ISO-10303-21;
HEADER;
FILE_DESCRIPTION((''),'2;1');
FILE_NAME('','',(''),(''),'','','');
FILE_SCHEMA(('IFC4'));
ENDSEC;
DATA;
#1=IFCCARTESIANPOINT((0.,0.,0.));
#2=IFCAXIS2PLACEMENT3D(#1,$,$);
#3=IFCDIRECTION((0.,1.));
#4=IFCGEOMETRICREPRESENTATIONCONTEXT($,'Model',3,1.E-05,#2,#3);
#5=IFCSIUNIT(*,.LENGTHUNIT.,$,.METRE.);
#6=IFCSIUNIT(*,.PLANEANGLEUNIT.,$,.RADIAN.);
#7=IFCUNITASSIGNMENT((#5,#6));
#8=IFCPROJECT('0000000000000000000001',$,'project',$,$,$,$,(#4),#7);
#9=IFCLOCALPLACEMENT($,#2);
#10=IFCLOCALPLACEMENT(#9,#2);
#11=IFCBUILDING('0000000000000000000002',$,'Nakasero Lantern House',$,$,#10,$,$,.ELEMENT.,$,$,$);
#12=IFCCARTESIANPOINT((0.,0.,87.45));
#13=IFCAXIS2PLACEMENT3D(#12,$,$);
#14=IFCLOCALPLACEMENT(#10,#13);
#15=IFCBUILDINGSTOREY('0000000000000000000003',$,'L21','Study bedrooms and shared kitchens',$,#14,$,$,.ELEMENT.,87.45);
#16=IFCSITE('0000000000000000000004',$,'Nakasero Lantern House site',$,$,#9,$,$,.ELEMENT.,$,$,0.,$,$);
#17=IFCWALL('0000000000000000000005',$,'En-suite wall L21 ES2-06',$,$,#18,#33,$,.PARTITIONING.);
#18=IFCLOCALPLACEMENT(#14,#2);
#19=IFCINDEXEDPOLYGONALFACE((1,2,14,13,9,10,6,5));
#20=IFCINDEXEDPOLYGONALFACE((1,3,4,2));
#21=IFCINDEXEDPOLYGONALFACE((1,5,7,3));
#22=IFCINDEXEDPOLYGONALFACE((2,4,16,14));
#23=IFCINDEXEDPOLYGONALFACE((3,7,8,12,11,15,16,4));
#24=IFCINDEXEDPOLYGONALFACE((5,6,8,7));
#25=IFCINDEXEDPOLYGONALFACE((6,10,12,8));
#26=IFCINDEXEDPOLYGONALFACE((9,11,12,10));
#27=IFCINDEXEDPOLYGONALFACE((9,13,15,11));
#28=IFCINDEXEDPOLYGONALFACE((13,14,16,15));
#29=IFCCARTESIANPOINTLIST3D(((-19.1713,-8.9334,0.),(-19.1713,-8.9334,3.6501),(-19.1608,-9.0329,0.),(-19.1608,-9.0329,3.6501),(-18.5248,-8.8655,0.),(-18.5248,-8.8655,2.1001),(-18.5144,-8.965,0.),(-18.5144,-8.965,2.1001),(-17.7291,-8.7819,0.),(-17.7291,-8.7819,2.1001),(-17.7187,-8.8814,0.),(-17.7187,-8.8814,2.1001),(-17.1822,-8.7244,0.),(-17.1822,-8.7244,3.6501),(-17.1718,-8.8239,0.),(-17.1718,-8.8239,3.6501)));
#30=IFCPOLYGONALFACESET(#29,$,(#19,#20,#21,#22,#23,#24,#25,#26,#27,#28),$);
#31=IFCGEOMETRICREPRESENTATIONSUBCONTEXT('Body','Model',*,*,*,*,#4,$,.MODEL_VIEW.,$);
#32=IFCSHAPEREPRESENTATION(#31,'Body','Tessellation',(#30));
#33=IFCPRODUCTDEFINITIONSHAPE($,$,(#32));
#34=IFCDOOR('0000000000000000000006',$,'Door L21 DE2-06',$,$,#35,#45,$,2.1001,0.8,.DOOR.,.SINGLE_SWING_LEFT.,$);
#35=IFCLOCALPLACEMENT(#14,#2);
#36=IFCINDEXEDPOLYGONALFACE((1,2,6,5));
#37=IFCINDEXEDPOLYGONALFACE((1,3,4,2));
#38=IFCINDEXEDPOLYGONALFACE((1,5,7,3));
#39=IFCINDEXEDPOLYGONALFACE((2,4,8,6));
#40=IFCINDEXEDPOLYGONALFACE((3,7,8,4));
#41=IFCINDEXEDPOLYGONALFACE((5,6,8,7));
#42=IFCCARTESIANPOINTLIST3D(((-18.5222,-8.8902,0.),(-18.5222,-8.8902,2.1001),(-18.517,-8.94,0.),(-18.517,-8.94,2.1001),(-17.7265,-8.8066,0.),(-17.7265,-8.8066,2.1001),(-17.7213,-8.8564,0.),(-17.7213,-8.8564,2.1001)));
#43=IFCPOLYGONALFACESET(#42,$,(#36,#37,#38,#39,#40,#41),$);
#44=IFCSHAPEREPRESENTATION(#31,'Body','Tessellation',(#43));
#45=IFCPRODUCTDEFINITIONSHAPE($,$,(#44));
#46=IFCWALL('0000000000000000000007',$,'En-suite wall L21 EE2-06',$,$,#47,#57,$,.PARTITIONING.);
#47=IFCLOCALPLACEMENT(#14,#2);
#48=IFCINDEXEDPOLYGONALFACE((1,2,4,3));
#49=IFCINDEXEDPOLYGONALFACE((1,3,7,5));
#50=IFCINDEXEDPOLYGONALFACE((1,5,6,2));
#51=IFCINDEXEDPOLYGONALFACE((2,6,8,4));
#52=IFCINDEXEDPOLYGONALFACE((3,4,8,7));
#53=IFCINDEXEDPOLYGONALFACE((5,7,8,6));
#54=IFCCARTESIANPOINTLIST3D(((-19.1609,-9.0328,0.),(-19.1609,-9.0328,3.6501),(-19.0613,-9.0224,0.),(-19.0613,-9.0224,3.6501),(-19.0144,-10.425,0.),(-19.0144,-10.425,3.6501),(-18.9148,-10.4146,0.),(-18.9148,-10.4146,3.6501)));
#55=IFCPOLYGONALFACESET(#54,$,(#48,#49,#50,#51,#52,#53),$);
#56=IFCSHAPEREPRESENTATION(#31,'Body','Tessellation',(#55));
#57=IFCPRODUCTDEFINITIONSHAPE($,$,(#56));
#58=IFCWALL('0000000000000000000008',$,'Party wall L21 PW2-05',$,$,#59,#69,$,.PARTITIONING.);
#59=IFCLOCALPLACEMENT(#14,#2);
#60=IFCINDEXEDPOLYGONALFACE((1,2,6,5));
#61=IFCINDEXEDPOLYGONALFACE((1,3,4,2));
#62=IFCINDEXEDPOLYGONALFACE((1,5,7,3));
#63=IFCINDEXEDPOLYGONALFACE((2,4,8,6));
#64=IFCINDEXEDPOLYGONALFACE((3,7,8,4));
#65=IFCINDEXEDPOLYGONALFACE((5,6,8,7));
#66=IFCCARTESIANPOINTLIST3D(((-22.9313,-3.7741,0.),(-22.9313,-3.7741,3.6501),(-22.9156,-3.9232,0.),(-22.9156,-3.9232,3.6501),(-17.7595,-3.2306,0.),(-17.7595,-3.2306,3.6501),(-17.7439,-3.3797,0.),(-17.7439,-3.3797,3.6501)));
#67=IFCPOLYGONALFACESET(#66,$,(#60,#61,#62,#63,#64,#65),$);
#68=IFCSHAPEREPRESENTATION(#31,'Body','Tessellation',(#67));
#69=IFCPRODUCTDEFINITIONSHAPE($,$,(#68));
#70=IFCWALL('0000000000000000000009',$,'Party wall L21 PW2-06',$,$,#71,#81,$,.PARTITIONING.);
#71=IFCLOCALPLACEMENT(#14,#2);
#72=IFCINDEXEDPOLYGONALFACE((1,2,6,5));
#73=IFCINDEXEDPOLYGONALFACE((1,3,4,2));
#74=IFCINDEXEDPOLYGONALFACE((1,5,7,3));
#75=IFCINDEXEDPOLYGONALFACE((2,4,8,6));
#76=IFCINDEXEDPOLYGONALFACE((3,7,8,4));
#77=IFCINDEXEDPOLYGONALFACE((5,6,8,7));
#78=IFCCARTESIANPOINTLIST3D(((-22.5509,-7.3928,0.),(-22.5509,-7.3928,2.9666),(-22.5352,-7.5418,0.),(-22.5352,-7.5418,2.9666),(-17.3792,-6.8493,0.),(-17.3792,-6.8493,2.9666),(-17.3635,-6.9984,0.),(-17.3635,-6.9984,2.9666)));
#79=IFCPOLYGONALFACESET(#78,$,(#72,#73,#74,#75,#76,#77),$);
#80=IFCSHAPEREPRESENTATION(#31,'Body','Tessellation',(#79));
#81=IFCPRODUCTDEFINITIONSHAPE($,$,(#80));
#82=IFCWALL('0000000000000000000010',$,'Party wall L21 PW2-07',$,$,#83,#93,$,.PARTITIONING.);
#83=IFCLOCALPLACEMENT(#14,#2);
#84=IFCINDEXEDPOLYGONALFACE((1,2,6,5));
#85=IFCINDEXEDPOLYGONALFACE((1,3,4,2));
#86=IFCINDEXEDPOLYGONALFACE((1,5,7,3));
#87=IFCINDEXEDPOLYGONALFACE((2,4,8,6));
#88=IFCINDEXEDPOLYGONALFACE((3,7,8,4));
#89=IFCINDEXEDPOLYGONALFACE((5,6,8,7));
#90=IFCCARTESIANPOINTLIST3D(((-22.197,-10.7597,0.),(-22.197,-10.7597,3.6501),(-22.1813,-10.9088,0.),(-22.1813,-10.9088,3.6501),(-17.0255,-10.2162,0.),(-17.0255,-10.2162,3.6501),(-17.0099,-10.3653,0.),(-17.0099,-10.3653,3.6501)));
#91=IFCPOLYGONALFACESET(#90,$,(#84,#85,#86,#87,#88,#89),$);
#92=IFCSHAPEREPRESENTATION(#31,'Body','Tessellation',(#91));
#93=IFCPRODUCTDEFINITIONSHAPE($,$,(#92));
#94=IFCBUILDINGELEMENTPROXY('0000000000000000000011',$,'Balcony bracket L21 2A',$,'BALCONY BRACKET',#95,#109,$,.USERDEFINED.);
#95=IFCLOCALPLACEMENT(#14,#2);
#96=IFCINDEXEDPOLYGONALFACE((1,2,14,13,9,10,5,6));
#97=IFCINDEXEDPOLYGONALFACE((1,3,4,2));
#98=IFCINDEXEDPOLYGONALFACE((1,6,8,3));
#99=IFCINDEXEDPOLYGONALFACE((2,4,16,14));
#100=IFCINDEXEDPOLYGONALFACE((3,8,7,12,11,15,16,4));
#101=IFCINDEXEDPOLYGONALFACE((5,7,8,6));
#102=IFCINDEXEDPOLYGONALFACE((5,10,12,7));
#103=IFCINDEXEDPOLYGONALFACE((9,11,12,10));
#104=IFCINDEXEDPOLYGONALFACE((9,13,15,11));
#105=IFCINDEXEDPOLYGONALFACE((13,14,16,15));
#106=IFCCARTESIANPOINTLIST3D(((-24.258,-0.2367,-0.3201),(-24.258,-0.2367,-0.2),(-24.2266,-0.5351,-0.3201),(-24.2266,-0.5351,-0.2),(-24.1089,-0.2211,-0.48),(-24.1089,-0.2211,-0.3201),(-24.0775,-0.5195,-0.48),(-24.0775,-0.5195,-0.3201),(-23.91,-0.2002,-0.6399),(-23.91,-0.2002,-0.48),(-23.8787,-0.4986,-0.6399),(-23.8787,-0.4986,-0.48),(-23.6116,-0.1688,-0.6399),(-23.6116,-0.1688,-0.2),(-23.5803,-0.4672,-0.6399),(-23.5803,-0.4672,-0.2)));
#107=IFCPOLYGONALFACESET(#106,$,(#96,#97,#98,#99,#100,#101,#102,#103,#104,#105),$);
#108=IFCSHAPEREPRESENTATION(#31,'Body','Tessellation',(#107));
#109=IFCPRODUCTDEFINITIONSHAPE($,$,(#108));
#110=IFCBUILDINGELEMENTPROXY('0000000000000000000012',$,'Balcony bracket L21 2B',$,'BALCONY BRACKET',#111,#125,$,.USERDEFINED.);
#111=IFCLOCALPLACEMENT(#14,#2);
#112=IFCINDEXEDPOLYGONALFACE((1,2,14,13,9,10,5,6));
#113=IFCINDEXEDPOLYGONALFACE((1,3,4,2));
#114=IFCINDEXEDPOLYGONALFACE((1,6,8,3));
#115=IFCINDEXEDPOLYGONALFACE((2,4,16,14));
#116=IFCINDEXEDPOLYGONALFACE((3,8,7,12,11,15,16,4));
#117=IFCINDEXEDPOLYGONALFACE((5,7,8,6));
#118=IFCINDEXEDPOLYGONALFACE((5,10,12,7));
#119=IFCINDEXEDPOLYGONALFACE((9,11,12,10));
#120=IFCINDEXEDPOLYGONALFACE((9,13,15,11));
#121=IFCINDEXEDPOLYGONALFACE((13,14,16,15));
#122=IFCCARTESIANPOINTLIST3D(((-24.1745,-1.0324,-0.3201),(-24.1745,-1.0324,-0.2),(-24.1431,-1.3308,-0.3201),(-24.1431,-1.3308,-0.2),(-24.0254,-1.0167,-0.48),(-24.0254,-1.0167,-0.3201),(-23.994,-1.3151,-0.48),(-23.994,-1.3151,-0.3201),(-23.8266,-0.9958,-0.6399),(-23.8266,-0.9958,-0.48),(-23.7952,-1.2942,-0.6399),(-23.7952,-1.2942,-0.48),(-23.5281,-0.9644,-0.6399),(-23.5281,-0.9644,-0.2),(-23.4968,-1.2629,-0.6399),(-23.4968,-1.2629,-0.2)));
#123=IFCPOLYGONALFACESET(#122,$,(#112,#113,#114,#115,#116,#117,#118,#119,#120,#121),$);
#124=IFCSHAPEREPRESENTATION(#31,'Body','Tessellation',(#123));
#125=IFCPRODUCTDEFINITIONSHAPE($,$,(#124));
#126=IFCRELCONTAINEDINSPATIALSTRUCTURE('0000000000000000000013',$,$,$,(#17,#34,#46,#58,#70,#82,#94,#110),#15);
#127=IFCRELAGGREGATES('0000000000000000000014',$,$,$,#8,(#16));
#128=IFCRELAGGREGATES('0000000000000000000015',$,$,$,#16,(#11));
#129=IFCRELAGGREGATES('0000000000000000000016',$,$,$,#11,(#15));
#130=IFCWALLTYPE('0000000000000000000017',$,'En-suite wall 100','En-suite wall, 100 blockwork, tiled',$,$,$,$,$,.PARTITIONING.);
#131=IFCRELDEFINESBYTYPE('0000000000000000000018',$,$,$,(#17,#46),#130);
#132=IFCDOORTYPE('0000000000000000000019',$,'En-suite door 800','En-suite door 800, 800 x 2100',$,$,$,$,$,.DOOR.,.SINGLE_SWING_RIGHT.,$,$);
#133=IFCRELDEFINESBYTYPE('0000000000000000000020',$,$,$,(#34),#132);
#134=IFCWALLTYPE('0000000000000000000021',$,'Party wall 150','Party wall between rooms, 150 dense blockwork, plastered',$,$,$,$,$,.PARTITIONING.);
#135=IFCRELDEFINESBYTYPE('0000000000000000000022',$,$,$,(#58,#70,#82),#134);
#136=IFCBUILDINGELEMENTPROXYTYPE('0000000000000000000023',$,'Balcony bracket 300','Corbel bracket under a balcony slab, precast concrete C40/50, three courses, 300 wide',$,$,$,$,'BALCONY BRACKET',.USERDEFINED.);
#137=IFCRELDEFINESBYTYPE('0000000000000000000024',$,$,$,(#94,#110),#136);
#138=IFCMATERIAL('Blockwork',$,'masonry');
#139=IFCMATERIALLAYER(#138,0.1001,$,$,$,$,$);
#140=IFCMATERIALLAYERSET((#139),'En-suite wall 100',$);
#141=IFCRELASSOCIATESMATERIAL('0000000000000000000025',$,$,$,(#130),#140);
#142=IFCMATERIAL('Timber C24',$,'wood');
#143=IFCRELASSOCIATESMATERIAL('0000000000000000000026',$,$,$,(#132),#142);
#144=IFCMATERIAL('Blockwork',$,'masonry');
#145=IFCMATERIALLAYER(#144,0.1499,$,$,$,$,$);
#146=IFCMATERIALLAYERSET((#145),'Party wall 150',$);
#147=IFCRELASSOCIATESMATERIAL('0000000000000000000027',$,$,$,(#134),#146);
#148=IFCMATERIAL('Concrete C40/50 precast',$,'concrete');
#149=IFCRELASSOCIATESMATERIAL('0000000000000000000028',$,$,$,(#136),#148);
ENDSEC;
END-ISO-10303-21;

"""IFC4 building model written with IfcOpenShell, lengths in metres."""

from ifc_helpers import new_model, si_unit, direction, frame, frame_2d, origin, place, context, subcontext, project, spatial, polyline, rectangle, outline, extrude, material, layer, layer_set, type_object, element, fill, save


model = new_model("IFC4")

# Units and contexts
model_context = context("Model", 3, precision=1e-05, world=origin(), true_north=direction((0.0, 1.0)))
body_context = subcontext(model_context, "Body", "Model", "MODEL_VIEW")
ifc_project = project(units=[si_unit("LENGTHUNIT", "METRE"), si_unit("PLANEANGLEUNIT", "RADIAN")], contexts=[model_context])

# Site, building, storey
site_placement = place(None, origin())
site = spatial("IfcSite", under=ifc_project, at=site_placement, Name="Nakasero Lantern House site", CompositionType="ELEMENT", RefElevation=0.0)
building_placement = place(site_placement, origin())
building = spatial("IfcBuilding", under=site, at=building_placement, Name="Nakasero Lantern House", CompositionType="ELEMENT")
storey_placement = place(building_placement, frame((0.0, 0.0, 87.45)))
storey = spatial("IfcBuildingStorey", under=building, at=storey_placement, Name="L21", Description="Study bedrooms and shared kitchens", CompositionType="ELEMENT", Elevation=87.45)

# Shared definitions
ifc_material_1 = material(Name="Blockwork", Category="masonry")
ifc_layer_1 = layer(ifc_material_1, 0.1001)
ifc_layer_set_1 = layer_set([ifc_layer_1], Name="En-suite wall 100")
wall_type_1 = type_object("IfcWallType", Name="En-suite wall 100", Description="En-suite wall, 100 blockwork, tiled", PredefinedType="PARTITIONING", material=ifc_layer_set_1)
ifc_material_2 = material(Name="Timber C24", Category="wood")
door_type = type_object("IfcDoorType", Name="En-suite door 800", Description="En-suite door 800, 800 x 2100", OperationType="SINGLE_SWING_RIGHT", PredefinedType="DOOR", material=ifc_material_2)

# Wall, opening, door
wall_1_placement = place(storey_placement, frame((-17.177, -8.7742, 0.0), z_axis=(0.0, 0.0, 1.0), x_axis=(-0.994526, -0.104494, 0.0)))
wall_1 = element("IfcWall", 1, at=wall_1_placement, inside=storey, type_object=wall_type_1, Name="En-suite wall L21 ES2-06", PredefinedType="PARTITIONING", context=body_context, shape_type="SweptSolid", body=[
    extrude(rectangle(XDim=2.0, YDim=0.1001, at=frame_2d((1.0, 0.0))), origin(), (0.0, 0.0, 1.0), 3.6501),
])
opening_1_placement = place(wall_1_placement, frame((0.55, 0.0, 0.0)))
opening_1 = element("IfcOpeningElement", 2, at=opening_1_placement, cuts=wall_1, PredefinedType="OPENING", context=body_context, shape_type="SweptSolid", body=[
    extrude(rectangle(XDim=0.8, YDim=2.1001, at=frame_2d((0.3999, 1.05))), frame((0.0, 0.0701, 0.0), z_axis=(0.0, -1.0, 0.0), x_axis=(1.0, 0.0, 0.0)), (0.0, 0.0, 1.0), 0.1401),
])
door_1_placement = place(opening_1_placement, origin())
door_1 = element("IfcDoor", 3, at=door_1_placement, inside=storey, type_object=door_type, Name="Door L21 DE2-06", OperationType="SINGLE_SWING_LEFT", OverallHeight=2.1001, OverallWidth=0.8, PredefinedType="DOOR", context=body_context, shape_type="SweptSolid", body=[
    extrude(rectangle(XDim=0.8, YDim=2.1001, at=frame_2d((0.3999, 1.05))), frame((0.0, 0.0249, 0.0), z_axis=(0.0, -1.0, 0.0), x_axis=(1.0, 0.0, 0.0)), (0.0, 0.0, 1.0), 0.05),
])
fill(opening_1, door_1)

# Walls
wall_2_placement = place(storey_placement, frame((-19.1111, -9.0276, 0.0), z_axis=(0.0, 0.0, 1.0), x_axis=(0.10463, -0.994511, 0.0)))
element("IfcWall", 4, at=wall_2_placement, inside=storey, type_object=wall_type_1, Name="En-suite wall L21 EE2-06", PredefinedType="PARTITIONING", context=body_context, shape_type="SweptSolid", body=[
    extrude(rectangle(XDim=1.3999, YDim=0.1001, at=frame_2d((0.7, 0.0))), origin(), (0.0, 0.0, 1.0), 3.6501),
])
ifc_material_3 = material(Name="Blockwork", Category="masonry")
ifc_layer_2 = layer(ifc_material_3, 0.1499)
ifc_layer_set_2 = layer_set([ifc_layer_2], Name="Party wall 150")
wall_type_2 = type_object("IfcWallType", Name="Party wall 150", Description="Party wall between rooms, 150 dense blockwork, plastered", PredefinedType="PARTITIONING", material=ifc_layer_set_2)
wall_3_placement = place(storey_placement, frame((-17.7517, -3.3052, 0.0), z_axis=(0.0, 0.0, 1.0), x_axis=(-0.994524, -0.104509, 0.0)))
element("IfcWall", 5, at=wall_3_placement, inside=storey, type_object=wall_type_2, Name="Party wall L21 PW2-05", PredefinedType="PARTITIONING", context=body_context, shape_type="SweptSolid", body=[
    extrude(rectangle(XDim=5.2002, YDim=0.1499, at=frame_2d((2.6001, 0.0))), origin(), (0.0, 0.0, 1.0), 3.6501),
])
wall_4_placement = place(storey_placement, frame((-17.3713, -6.9238, 0.0), z_axis=(0.0, 0.0, 1.0), x_axis=(-0.994524, -0.104509, 0.0)))
element("IfcWall", 6, at=wall_4_placement, inside=storey, type_object=wall_type_2, Name="Party wall L21 PW2-06", PredefinedType="PARTITIONING", context=body_context, shape_type="SweptSolid", body=[
    extrude(rectangle(XDim=5.2002, YDim=0.1499, at=frame_2d((2.6001, 0.0))), origin(), (0.0, 0.0, 1.0), 2.9666),
])
wall_5_placement = place(storey_placement, frame((-17.0176, -10.2908, 0.0), z_axis=(0.0, 0.0, 1.0), x_axis=(-0.994523, -0.104514, 0.0)))
element("IfcWall", 7, at=wall_5_placement, inside=storey, type_object=wall_type_2, Name="Party wall L21 PW2-07", PredefinedType="PARTITIONING", context=body_context, shape_type="SweptSolid", body=[
    extrude(rectangle(XDim=5.2, YDim=0.1499, at=frame_2d((2.6001, 0.0))), origin(), (0.0, 0.0, 1.0), 3.6501),
])

# Building element proxies
ifc_material_4 = material(Name="Concrete C40/50 precast", Category="concrete")
building_element_proxy_type = type_object("IfcBuildingElementProxyType", Name="Balcony bracket 300", Description="Corbel bracket under a balcony slab, precast concrete C40/50, three courses, 300 wide", ElementType="BALCONY BRACKET", PredefinedType="USERDEFINED", material=ifc_material_4)
for number, where, z_axis, x_axis, name in (
    (8, (-23.5959, -0.3181, -0.2), (0.0, 0.0, 1.0), (-0.994522, -0.104528, 0.0), "Balcony bracket L21 2A"),
    (9, (-23.5125, -1.1138, -0.2), (0.0, 0.0, 1.0), (-0.994522, -0.104528, 0.0), "Balcony bracket L21 2B"),
):
    element("IfcBuildingElementProxy", number, at=place(storey_placement, frame(where, z_axis=z_axis, x_axis=x_axis)), inside=storey, type_object=building_element_proxy_type, Name=name, ObjectType="BALCONY BRACKET", PredefinedType="USERDEFINED", context=body_context, shape_type="SweptSolid", body=[
        extrude(outline(polyline([(0.0, 0.0), (0.6499, 0.0), (0.6499, -0.1201), (0.5, -0.1201), (0.5, -0.28), (0.3, -0.28), (0.3, -0.4399), (0.0, -0.4399), (0.0, 0.0)])), frame((0.0, 0.1499, 0.0), z_axis=(0.0, -1.0, 0.0), x_axis=(1.0, 0.0, 0.0)), (0.0, 0.0, 1.0), 0.3),
    ])

save(model, "model.ifc")
